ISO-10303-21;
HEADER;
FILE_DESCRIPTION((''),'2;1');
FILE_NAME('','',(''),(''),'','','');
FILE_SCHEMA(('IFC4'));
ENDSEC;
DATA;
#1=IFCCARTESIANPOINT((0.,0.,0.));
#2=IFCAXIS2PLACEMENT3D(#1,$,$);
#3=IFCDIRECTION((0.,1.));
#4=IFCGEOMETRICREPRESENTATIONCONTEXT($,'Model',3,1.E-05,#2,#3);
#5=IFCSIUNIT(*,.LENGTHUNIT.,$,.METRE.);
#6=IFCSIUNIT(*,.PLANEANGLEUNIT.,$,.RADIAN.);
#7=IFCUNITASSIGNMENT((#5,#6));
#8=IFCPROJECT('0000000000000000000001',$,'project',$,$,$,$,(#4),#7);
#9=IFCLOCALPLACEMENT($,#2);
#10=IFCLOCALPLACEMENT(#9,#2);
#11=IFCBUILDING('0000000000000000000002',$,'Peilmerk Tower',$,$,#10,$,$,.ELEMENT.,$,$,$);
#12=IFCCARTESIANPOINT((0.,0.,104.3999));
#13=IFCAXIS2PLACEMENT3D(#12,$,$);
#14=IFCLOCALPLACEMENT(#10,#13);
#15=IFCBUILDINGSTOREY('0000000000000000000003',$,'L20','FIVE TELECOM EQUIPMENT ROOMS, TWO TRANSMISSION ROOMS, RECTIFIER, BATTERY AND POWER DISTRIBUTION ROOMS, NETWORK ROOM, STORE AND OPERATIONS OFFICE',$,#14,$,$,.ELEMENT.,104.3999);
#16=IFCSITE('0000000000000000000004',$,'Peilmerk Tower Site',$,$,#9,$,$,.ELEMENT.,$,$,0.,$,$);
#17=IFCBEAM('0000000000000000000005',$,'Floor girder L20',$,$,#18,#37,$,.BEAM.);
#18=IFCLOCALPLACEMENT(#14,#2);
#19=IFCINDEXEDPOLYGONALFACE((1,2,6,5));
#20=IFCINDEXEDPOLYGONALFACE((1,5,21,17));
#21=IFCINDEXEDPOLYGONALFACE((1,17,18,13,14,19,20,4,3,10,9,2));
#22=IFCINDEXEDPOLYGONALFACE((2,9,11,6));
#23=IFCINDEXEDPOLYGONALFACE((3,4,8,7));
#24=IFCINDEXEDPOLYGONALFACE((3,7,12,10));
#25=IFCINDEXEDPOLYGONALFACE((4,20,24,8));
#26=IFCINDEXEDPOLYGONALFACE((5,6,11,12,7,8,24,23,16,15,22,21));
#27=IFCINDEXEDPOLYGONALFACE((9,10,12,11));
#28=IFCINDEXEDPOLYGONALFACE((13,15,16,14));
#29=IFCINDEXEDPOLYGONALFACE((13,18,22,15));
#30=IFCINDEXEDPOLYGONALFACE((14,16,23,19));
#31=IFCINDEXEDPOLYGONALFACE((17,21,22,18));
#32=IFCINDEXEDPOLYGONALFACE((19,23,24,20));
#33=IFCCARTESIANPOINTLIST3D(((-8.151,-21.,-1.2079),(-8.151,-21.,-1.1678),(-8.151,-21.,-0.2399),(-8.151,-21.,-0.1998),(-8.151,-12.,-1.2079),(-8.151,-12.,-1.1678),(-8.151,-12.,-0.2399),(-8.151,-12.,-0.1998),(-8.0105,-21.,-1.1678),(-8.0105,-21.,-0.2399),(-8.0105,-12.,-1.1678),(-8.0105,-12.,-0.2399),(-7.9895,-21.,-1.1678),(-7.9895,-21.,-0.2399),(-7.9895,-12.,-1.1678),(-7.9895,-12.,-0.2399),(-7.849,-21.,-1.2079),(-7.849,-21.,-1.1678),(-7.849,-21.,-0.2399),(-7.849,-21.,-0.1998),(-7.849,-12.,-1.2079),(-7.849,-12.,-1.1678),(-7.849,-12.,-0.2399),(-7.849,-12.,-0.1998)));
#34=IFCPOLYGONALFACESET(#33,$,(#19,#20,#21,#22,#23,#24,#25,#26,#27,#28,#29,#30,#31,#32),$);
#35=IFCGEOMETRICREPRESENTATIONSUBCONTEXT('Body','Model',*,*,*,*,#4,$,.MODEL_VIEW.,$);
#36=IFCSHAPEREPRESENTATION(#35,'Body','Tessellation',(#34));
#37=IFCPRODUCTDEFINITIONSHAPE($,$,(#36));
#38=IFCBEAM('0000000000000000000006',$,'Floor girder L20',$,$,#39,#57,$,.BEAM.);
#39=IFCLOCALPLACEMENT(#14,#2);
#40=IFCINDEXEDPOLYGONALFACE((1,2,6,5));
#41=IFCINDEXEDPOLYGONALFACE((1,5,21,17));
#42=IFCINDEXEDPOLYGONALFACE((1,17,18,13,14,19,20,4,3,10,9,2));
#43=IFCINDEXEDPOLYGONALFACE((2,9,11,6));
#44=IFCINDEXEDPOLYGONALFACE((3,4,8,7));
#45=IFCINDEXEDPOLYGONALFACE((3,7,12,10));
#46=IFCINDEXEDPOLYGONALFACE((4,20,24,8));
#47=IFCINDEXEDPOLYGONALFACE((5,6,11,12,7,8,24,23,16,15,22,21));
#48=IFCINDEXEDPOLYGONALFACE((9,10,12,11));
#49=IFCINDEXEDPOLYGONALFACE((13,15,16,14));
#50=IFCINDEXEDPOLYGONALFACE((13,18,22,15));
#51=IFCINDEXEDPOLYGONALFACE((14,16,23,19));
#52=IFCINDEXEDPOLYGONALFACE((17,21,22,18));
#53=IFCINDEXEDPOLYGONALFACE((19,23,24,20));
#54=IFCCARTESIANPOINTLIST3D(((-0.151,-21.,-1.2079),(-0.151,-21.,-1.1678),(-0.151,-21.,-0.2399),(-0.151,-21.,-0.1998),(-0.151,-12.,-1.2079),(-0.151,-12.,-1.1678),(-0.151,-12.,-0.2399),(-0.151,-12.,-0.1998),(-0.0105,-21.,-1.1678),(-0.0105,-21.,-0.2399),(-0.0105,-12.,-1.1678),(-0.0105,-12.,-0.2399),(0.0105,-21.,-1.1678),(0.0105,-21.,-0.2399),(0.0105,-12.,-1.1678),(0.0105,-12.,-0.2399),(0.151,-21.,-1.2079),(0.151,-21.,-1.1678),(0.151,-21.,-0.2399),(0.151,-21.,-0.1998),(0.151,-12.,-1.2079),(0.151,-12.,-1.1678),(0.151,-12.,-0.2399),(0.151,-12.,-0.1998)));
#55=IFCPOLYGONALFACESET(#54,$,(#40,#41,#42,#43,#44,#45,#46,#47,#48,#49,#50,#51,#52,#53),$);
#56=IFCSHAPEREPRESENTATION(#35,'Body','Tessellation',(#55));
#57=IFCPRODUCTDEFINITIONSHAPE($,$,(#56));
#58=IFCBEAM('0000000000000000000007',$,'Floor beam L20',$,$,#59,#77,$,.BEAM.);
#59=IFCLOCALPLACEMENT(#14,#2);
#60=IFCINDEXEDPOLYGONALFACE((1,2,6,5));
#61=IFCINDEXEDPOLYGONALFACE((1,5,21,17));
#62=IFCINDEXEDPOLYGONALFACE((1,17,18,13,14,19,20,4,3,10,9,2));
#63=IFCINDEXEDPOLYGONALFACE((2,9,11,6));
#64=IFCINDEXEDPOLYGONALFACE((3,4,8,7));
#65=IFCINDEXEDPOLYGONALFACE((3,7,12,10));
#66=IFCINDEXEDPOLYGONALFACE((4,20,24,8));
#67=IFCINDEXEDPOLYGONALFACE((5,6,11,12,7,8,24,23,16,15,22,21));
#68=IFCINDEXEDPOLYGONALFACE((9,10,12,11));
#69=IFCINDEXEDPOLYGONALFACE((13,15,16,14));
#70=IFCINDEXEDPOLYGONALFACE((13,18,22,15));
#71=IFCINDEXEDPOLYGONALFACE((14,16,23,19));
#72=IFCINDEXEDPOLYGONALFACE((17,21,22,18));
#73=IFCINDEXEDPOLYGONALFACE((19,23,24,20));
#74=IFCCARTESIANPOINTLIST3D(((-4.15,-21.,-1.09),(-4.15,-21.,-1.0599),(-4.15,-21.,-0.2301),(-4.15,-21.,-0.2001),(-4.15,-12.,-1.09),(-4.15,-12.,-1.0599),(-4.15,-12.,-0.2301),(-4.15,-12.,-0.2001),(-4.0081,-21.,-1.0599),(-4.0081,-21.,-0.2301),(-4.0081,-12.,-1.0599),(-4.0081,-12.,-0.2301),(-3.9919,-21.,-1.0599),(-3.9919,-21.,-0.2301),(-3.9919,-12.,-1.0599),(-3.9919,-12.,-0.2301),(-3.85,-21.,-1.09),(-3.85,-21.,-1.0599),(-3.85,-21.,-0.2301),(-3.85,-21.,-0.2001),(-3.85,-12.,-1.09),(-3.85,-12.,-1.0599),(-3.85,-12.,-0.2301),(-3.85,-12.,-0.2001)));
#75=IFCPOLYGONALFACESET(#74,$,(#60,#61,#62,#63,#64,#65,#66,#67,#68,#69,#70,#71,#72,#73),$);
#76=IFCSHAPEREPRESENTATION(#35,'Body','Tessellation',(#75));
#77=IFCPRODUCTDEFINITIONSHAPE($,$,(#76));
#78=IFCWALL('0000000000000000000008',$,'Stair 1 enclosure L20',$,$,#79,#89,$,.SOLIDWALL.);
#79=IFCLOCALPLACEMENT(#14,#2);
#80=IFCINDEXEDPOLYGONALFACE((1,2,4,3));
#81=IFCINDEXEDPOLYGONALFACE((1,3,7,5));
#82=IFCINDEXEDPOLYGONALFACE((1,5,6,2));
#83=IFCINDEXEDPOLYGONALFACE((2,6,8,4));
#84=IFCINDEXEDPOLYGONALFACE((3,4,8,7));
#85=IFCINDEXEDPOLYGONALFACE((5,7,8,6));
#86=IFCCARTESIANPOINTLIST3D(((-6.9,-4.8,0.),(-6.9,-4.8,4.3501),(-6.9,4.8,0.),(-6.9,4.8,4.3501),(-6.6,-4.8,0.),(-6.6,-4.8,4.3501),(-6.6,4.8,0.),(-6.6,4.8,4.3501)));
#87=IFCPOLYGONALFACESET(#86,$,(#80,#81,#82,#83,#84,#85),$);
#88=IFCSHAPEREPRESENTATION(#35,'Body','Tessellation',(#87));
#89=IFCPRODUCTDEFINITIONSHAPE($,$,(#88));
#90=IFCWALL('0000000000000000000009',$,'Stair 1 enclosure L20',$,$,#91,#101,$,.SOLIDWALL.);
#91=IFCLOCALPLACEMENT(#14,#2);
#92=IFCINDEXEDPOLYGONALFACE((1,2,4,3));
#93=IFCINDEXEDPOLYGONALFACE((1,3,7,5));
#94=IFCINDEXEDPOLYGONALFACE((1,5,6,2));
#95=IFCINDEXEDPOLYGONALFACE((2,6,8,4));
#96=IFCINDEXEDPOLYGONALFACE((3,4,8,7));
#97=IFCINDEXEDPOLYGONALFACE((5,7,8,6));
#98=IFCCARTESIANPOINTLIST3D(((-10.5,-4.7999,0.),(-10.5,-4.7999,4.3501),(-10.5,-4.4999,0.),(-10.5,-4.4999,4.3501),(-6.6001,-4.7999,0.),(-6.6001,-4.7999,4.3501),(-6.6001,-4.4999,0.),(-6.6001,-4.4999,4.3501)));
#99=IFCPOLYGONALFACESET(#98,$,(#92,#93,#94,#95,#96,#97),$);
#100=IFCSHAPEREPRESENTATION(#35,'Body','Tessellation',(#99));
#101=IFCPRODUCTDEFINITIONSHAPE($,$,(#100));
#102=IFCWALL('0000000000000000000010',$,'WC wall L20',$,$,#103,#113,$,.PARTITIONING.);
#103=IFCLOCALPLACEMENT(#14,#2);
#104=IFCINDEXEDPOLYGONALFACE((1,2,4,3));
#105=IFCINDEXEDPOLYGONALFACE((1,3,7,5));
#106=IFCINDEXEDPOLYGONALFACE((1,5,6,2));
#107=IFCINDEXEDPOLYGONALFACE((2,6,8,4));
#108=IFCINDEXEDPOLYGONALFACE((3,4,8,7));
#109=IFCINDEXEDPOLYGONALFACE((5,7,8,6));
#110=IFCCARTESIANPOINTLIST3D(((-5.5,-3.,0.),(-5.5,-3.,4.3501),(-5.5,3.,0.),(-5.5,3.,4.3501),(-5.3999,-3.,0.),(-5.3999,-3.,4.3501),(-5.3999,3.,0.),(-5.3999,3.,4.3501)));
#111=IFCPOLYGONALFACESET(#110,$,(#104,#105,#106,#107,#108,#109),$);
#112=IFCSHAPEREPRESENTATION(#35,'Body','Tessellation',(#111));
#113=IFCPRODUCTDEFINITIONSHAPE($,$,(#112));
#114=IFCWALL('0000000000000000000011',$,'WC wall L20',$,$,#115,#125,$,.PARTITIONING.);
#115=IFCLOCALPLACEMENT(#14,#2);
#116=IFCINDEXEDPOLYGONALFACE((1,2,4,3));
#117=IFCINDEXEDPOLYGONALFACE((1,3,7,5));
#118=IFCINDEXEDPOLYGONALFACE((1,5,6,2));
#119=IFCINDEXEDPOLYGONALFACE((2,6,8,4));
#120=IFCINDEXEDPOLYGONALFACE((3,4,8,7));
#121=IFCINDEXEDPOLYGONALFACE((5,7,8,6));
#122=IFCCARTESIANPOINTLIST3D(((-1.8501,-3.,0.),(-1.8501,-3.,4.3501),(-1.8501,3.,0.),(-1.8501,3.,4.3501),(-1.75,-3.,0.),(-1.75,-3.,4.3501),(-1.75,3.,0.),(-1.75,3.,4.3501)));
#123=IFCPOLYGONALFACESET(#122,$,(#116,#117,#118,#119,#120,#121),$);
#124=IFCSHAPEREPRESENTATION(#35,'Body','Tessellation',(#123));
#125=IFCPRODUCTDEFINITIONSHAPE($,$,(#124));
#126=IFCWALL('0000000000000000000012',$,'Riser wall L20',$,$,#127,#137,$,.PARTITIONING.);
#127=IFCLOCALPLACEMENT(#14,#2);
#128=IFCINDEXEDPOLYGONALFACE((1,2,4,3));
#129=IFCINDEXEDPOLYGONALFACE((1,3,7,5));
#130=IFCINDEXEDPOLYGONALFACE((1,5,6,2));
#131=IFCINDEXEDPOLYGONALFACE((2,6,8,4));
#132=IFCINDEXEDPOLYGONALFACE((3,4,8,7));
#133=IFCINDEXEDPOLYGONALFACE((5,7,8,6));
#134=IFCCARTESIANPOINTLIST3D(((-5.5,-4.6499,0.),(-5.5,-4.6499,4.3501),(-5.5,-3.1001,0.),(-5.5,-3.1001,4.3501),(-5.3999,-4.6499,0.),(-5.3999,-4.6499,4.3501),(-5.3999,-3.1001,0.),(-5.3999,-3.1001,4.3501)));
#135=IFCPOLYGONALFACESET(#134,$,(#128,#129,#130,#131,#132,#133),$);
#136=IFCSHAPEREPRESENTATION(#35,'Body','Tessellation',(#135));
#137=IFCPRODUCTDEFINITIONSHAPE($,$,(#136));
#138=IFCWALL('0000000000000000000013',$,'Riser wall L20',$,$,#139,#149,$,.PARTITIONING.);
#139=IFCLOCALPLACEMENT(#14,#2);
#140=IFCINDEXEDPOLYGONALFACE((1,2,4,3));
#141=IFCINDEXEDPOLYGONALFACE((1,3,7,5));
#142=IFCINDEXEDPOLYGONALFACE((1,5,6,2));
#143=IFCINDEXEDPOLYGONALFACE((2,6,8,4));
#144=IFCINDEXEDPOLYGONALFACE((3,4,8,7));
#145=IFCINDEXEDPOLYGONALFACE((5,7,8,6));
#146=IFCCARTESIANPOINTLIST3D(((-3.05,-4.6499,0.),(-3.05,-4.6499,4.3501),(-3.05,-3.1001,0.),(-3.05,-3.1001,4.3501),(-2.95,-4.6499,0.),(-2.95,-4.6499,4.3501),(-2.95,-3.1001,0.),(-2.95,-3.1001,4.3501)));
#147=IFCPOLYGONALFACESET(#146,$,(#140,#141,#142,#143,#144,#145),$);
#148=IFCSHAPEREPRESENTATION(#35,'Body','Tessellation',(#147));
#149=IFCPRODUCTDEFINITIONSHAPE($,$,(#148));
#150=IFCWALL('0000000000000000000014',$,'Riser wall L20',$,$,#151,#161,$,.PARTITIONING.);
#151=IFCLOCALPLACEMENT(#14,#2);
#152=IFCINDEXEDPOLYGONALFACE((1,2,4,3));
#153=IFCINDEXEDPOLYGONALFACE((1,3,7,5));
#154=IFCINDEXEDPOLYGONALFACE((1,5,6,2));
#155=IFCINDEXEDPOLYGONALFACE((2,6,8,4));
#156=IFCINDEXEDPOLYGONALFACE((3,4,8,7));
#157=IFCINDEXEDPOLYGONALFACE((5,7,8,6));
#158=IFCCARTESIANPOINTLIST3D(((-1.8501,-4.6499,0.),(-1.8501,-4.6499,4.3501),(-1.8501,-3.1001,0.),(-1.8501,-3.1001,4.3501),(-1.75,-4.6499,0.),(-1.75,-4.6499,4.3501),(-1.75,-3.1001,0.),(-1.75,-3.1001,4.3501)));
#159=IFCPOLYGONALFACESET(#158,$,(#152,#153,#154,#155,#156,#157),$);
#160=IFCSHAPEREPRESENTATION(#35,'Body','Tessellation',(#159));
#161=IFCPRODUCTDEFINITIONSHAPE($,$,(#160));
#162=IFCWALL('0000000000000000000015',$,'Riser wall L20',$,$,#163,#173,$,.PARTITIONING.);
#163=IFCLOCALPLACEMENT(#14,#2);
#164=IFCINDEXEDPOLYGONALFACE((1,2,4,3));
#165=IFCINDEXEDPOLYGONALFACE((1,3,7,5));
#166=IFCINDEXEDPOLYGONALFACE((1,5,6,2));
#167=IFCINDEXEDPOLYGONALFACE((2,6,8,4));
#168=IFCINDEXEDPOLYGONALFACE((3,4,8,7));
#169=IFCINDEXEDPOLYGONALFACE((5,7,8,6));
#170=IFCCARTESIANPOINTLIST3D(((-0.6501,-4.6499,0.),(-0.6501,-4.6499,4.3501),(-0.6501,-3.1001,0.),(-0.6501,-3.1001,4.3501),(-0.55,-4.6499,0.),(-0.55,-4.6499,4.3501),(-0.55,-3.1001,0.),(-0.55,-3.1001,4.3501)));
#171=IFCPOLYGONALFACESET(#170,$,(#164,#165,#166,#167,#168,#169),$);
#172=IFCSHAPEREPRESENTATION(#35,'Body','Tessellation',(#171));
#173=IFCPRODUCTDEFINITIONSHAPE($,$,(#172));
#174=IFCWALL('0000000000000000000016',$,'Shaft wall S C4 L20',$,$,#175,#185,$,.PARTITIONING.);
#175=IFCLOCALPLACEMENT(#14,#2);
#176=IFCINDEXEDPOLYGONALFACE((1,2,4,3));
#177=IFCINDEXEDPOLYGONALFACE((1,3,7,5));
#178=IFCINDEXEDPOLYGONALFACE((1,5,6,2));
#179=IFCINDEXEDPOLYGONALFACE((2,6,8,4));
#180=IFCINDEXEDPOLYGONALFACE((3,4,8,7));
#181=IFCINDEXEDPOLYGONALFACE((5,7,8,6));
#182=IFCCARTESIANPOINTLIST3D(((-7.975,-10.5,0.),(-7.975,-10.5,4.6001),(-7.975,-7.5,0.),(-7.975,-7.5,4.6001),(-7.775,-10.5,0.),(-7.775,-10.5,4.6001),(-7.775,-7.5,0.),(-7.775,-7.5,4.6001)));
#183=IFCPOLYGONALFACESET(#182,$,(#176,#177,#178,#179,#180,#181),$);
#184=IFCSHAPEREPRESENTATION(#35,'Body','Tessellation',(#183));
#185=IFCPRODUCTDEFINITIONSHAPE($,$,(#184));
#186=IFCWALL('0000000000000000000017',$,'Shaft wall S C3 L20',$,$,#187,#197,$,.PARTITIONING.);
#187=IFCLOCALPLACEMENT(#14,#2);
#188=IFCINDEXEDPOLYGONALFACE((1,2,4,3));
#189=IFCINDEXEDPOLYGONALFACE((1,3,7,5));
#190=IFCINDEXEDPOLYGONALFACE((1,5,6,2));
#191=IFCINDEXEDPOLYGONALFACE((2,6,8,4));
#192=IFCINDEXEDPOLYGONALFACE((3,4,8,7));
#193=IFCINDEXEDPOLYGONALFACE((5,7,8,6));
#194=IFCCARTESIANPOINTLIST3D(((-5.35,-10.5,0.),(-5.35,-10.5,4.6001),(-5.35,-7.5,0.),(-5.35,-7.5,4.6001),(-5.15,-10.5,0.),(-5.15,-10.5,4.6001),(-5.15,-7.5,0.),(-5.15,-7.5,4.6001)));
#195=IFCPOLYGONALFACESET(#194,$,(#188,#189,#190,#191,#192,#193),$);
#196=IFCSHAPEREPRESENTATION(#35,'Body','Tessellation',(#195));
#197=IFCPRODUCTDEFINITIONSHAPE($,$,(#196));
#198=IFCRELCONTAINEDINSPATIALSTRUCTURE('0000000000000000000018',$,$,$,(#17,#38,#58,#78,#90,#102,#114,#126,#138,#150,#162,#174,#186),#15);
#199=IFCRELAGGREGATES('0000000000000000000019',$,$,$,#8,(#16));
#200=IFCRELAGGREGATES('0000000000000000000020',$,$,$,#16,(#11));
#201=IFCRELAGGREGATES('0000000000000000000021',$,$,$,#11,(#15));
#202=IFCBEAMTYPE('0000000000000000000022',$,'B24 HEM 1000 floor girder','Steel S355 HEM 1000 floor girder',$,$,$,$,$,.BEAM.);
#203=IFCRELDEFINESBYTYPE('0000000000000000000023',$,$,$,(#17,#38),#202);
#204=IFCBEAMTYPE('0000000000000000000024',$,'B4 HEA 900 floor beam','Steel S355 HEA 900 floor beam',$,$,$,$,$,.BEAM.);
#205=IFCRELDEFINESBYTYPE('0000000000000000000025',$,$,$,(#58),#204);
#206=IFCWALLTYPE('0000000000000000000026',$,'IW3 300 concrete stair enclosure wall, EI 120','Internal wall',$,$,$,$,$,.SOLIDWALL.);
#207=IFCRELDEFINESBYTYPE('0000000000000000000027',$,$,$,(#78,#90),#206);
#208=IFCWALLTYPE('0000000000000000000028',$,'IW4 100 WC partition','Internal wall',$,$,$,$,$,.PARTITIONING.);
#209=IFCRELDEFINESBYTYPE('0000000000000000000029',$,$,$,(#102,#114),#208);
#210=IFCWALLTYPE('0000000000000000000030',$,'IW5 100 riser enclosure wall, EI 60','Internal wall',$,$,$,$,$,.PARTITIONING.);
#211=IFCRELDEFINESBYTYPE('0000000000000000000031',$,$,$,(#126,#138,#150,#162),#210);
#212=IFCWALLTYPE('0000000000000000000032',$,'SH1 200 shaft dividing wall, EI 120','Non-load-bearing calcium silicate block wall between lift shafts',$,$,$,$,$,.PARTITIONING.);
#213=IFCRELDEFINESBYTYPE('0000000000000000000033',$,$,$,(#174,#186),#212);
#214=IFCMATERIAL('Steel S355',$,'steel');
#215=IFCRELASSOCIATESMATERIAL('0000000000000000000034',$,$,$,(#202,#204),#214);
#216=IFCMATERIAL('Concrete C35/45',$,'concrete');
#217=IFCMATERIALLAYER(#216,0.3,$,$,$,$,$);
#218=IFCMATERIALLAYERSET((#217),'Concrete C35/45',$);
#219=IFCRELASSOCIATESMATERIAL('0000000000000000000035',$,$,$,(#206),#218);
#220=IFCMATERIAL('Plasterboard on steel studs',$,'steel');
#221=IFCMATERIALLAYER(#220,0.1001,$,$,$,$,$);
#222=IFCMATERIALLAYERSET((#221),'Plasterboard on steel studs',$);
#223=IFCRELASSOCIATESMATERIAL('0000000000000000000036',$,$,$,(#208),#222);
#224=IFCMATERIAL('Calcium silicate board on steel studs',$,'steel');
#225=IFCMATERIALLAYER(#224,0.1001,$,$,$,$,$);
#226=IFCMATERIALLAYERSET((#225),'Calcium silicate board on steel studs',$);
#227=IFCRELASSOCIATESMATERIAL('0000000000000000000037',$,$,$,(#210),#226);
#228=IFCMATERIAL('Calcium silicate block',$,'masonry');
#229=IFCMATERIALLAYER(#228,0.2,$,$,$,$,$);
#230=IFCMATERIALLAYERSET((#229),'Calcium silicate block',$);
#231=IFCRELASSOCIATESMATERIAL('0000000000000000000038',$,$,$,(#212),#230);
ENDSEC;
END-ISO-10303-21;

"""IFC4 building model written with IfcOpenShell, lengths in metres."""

from ifc_helpers import new_model, si_unit, direction, frame, frame_2d, origin, origin_2d, place, context, subcontext, project, spatial, rectangle, i_section, extrude, material, layer, layer_set, material_profile, profile_set, type_object, element, save


model = new_model("IFC4")

# Units and contexts
model_context = context("Model", 3, precision=1e-05, world=origin(), true_north=direction((0.0, 1.0)))
body_context = subcontext(model_context, "Body", "Model", "MODEL_VIEW")
ifc_project = project(units=[si_unit("LENGTHUNIT", "METRE"), si_unit("PLANEANGLEUNIT", "RADIAN")], contexts=[model_context])

# Site, building, storey
site_placement = place(None, origin())
site = spatial("IfcSite", under=ifc_project, at=site_placement, Name="Peilmerk Tower Site", CompositionType="ELEMENT", RefElevation=0.0)
building_placement = place(site_placement, origin())
building = spatial("IfcBuilding", under=site, at=building_placement, Name="Peilmerk Tower", CompositionType="ELEMENT")
storey_placement = place(building_placement, frame((0.0, 0.0, 104.3999)))
storey = spatial("IfcBuildingStorey", under=building, at=storey_placement, Name="L20", Description="FIVE TELECOM EQUIPMENT ROOMS, TWO TRANSMISSION ROOMS, RECTIFIER, BATTERY AND POWER DISTRIBUTION ROOMS, NETWORK ROOM, STORE AND OPERATIONS OFFICE", CompositionType="ELEMENT", Elevation=104.3999)

# Beams
ifc_material_1 = material(Name="Steel S355", Category="steel")
ifc_material_profile_1 = material_profile(ifc_material_1, i_section(OverallWidth=0.302, OverallDepth=1.0081, WebThickness=0.021, FlangeThickness=0.04, at=origin_2d()), Name="HEM 1000")
ifc_profile_set_1 = profile_set([ifc_material_profile_1], Name="Steel S355")
beam_type_1 = type_object("IfcBeamType", Name="B24 HEM 1000 floor girder", Description="Steel S355 HEM 1000 floor girder", PredefinedType="BEAM", material=ifc_profile_set_1)
for number, where, z_axis, x_axis, name in (
    (1, (-8.0, -12.0, -0.7039), (0.0, -1.0, 0.0), (1.0, 0.0, 0.0), "Floor girder L20"),
    (2, (0.0, -12.0, -0.7039), (0.0, -1.0, 0.0), (1.0, 0.0, 0.0), "Floor girder L20"),
):
    element("IfcBeam", number, at=place(storey_placement, frame(where, z_axis=z_axis, x_axis=x_axis)), inside=storey, type_object=beam_type_1, Name=name, PredefinedType="BEAM", context=body_context, shape_type="SweptSolid", body=[
        extrude(i_section(OverallWidth=0.302, OverallDepth=1.0081, WebThickness=0.021, FlangeThickness=0.04, at=origin_2d()), origin(), (0.0, 0.0, 1.0), 9.0),
    ])
ifc_material_profile_2 = material_profile(ifc_material_1, i_section(OverallWidth=0.3, OverallDepth=0.8899, WebThickness=0.0161, FlangeThickness=0.03, at=origin_2d()), Name="HEA 900")
ifc_profile_set_2 = profile_set([ifc_material_profile_2], Name="Steel S355")
beam_type_2 = type_object("IfcBeamType", Name="B4 HEA 900 floor beam", Description="Steel S355 HEA 900 floor beam", PredefinedType="BEAM", material=ifc_profile_set_2)
beam_placement = place(storey_placement, frame((-4.0, -12.0, -0.645), z_axis=(0.0, -1.0, 0.0), x_axis=(1.0, 0.0, 0.0)))
element("IfcBeam", 3, at=beam_placement, inside=storey, type_object=beam_type_2, Name="Floor beam L20", PredefinedType="BEAM", context=body_context, shape_type="SweptSolid", body=[
    extrude(i_section(OverallWidth=0.3, OverallDepth=0.8899, WebThickness=0.0161, FlangeThickness=0.03, at=origin_2d()), origin(), (0.0, 0.0, 1.0), 9.0),
])

# Walls
ifc_material_2 = material(Name="Concrete C35/45", Category="concrete")
ifc_layer_1 = layer(ifc_material_2, 0.3)
ifc_layer_set_1 = layer_set([ifc_layer_1], Name="Concrete C35/45")
wall_type_1 = type_object("IfcWallType", Name="IW3 300 concrete stair enclosure wall, EI 120", Description="Internal wall", PredefinedType="SOLIDWALL", material=ifc_layer_set_1)
wall_1_placement = place(storey_placement, frame((-6.75, -4.8, 0.0), z_axis=(0.0, 0.0, 1.0), x_axis=(0.0, 1.0, 0.0)))
element("IfcWall", 4, at=wall_1_placement, inside=storey, type_object=wall_type_1, Name="Stair 1 enclosure L20", PredefinedType="SOLIDWALL", context=body_context, shape_type="SweptSolid", body=[
    extrude(rectangle(XDim=9.6001, YDim=0.3, at=frame_2d((4.8, 0.0))), origin(), (0.0, 0.0, 1.0), 4.3501),
])
wall_2_placement = place(storey_placement, frame((-6.6001, -4.6499, 0.0), z_axis=(0.0, 0.0, 1.0), x_axis=(-1.0, 0.0, 0.0)))
element("IfcWall", 5, at=wall_2_placement, inside=storey, type_object=wall_type_1, Name="Stair 1 enclosure L20", PredefinedType="SOLIDWALL", context=body_context, shape_type="SweptSolid", body=[
    extrude(rectangle(XDim=3.8999, YDim=0.3, at=frame_2d((1.95, 0.0))), origin(), (0.0, 0.0, 1.0), 4.3501),
])
ifc_material_3 = material(Name="Plasterboard on steel studs", Category="steel")
ifc_layer_2 = layer(ifc_material_3, 0.1001)
ifc_layer_set_2 = layer_set([ifc_layer_2], Name="Plasterboard on steel studs")
wall_type_2 = type_object("IfcWallType", Name="IW4 100 WC partition", Description="Internal wall", PredefinedType="PARTITIONING", material=ifc_layer_set_2)
for number, where, z_axis, x_axis, name in (
    (6, (-5.45, -3.0, 0.0), (0.0, 0.0, 1.0), (0.0, 1.0, 0.0), "WC wall L20"),
    (7, (-1.8, -3.0, 0.0), (0.0, 0.0, 1.0), (0.0, 1.0, 0.0), "WC wall L20"),
):
    element("IfcWall", number, at=place(storey_placement, frame(where, z_axis=z_axis, x_axis=x_axis)), inside=storey, type_object=wall_type_2, Name=name, PredefinedType="PARTITIONING", context=body_context, shape_type="SweptSolid", body=[
        extrude(rectangle(XDim=6.0, YDim=0.1001, at=frame_2d((3.0, 0.0))), origin(), (0.0, 0.0, 1.0), 4.3501),
    ])
ifc_material_4 = material(Name="Calcium silicate board on steel studs", Category="steel")
ifc_layer_3 = layer(ifc_material_4, 0.1001)
ifc_layer_set_3 = layer_set([ifc_layer_3], Name="Calcium silicate board on steel studs")
wall_type_3 = type_object("IfcWallType", Name="IW5 100 riser enclosure wall, EI 60", Description="Internal wall", PredefinedType="PARTITIONING", material=ifc_layer_set_3)
for number, where, z_axis, x_axis, name in (
    (8, (-5.45, -3.1001, 0.0), (0.0, 0.0, 1.0), (0.0, -1.0, 0.0), "Riser wall L20"),
    (9, (-3.0, -3.1001, 0.0), (0.0, 0.0, 1.0), (0.0, -1.0, 0.0), "Riser wall L20"),
    (10, (-1.8, -3.1001, 0.0), (0.0, 0.0, 1.0), (0.0, -1.0, 0.0), "Riser wall L20"),
    (11, (-0.6001, -3.1001, 0.0), (0.0, 0.0, 1.0), (0.0, -1.0, 0.0), "Riser wall L20"),
):
    element("IfcWall", number, at=place(storey_placement, frame(where, z_axis=z_axis, x_axis=x_axis)), inside=storey, type_object=wall_type_3, Name=name, PredefinedType="PARTITIONING", context=body_context, shape_type="SweptSolid", body=[
        extrude(rectangle(XDim=1.5498, YDim=0.1001, at=frame_2d((0.7749, 0.0))), origin(), (0.0, 0.0, 1.0), 4.3501),
    ])
ifc_material_5 = material(Name="Calcium silicate block", Category="masonry")
ifc_layer_4 = layer(ifc_material_5, 0.2)
ifc_layer_set_4 = layer_set([ifc_layer_4], Name="Calcium silicate block")
wall_type_4 = type_object("IfcWallType", Name="SH1 200 shaft dividing wall, EI 120", Description="Non-load-bearing calcium silicate block wall between lift shafts", PredefinedType="PARTITIONING", material=ifc_layer_set_4)
for number, where, z_axis, x_axis, name in (
    (12, (-7.875, -10.5, 0.0), (0.0, 0.0, 1.0), (0.0, 1.0, 0.0), "Shaft wall S C4 L20"),
    (13, (-5.25, -10.5, 0.0), (0.0, 0.0, 1.0), (0.0, 1.0, 0.0), "Shaft wall S C3 L20"),
):
    element("IfcWall", number, at=place(storey_placement, frame(where, z_axis=z_axis, x_axis=x_axis)), inside=storey, type_object=wall_type_4, Name=name, PredefinedType="PARTITIONING", context=body_context, shape_type="SweptSolid", body=[
        extrude(rectangle(XDim=3.0, YDim=0.2, at=frame_2d((1.5, 0.0))), origin(), (0.0, 0.0, 1.0), 4.6001),
    ])

save(model, "model.ifc")
